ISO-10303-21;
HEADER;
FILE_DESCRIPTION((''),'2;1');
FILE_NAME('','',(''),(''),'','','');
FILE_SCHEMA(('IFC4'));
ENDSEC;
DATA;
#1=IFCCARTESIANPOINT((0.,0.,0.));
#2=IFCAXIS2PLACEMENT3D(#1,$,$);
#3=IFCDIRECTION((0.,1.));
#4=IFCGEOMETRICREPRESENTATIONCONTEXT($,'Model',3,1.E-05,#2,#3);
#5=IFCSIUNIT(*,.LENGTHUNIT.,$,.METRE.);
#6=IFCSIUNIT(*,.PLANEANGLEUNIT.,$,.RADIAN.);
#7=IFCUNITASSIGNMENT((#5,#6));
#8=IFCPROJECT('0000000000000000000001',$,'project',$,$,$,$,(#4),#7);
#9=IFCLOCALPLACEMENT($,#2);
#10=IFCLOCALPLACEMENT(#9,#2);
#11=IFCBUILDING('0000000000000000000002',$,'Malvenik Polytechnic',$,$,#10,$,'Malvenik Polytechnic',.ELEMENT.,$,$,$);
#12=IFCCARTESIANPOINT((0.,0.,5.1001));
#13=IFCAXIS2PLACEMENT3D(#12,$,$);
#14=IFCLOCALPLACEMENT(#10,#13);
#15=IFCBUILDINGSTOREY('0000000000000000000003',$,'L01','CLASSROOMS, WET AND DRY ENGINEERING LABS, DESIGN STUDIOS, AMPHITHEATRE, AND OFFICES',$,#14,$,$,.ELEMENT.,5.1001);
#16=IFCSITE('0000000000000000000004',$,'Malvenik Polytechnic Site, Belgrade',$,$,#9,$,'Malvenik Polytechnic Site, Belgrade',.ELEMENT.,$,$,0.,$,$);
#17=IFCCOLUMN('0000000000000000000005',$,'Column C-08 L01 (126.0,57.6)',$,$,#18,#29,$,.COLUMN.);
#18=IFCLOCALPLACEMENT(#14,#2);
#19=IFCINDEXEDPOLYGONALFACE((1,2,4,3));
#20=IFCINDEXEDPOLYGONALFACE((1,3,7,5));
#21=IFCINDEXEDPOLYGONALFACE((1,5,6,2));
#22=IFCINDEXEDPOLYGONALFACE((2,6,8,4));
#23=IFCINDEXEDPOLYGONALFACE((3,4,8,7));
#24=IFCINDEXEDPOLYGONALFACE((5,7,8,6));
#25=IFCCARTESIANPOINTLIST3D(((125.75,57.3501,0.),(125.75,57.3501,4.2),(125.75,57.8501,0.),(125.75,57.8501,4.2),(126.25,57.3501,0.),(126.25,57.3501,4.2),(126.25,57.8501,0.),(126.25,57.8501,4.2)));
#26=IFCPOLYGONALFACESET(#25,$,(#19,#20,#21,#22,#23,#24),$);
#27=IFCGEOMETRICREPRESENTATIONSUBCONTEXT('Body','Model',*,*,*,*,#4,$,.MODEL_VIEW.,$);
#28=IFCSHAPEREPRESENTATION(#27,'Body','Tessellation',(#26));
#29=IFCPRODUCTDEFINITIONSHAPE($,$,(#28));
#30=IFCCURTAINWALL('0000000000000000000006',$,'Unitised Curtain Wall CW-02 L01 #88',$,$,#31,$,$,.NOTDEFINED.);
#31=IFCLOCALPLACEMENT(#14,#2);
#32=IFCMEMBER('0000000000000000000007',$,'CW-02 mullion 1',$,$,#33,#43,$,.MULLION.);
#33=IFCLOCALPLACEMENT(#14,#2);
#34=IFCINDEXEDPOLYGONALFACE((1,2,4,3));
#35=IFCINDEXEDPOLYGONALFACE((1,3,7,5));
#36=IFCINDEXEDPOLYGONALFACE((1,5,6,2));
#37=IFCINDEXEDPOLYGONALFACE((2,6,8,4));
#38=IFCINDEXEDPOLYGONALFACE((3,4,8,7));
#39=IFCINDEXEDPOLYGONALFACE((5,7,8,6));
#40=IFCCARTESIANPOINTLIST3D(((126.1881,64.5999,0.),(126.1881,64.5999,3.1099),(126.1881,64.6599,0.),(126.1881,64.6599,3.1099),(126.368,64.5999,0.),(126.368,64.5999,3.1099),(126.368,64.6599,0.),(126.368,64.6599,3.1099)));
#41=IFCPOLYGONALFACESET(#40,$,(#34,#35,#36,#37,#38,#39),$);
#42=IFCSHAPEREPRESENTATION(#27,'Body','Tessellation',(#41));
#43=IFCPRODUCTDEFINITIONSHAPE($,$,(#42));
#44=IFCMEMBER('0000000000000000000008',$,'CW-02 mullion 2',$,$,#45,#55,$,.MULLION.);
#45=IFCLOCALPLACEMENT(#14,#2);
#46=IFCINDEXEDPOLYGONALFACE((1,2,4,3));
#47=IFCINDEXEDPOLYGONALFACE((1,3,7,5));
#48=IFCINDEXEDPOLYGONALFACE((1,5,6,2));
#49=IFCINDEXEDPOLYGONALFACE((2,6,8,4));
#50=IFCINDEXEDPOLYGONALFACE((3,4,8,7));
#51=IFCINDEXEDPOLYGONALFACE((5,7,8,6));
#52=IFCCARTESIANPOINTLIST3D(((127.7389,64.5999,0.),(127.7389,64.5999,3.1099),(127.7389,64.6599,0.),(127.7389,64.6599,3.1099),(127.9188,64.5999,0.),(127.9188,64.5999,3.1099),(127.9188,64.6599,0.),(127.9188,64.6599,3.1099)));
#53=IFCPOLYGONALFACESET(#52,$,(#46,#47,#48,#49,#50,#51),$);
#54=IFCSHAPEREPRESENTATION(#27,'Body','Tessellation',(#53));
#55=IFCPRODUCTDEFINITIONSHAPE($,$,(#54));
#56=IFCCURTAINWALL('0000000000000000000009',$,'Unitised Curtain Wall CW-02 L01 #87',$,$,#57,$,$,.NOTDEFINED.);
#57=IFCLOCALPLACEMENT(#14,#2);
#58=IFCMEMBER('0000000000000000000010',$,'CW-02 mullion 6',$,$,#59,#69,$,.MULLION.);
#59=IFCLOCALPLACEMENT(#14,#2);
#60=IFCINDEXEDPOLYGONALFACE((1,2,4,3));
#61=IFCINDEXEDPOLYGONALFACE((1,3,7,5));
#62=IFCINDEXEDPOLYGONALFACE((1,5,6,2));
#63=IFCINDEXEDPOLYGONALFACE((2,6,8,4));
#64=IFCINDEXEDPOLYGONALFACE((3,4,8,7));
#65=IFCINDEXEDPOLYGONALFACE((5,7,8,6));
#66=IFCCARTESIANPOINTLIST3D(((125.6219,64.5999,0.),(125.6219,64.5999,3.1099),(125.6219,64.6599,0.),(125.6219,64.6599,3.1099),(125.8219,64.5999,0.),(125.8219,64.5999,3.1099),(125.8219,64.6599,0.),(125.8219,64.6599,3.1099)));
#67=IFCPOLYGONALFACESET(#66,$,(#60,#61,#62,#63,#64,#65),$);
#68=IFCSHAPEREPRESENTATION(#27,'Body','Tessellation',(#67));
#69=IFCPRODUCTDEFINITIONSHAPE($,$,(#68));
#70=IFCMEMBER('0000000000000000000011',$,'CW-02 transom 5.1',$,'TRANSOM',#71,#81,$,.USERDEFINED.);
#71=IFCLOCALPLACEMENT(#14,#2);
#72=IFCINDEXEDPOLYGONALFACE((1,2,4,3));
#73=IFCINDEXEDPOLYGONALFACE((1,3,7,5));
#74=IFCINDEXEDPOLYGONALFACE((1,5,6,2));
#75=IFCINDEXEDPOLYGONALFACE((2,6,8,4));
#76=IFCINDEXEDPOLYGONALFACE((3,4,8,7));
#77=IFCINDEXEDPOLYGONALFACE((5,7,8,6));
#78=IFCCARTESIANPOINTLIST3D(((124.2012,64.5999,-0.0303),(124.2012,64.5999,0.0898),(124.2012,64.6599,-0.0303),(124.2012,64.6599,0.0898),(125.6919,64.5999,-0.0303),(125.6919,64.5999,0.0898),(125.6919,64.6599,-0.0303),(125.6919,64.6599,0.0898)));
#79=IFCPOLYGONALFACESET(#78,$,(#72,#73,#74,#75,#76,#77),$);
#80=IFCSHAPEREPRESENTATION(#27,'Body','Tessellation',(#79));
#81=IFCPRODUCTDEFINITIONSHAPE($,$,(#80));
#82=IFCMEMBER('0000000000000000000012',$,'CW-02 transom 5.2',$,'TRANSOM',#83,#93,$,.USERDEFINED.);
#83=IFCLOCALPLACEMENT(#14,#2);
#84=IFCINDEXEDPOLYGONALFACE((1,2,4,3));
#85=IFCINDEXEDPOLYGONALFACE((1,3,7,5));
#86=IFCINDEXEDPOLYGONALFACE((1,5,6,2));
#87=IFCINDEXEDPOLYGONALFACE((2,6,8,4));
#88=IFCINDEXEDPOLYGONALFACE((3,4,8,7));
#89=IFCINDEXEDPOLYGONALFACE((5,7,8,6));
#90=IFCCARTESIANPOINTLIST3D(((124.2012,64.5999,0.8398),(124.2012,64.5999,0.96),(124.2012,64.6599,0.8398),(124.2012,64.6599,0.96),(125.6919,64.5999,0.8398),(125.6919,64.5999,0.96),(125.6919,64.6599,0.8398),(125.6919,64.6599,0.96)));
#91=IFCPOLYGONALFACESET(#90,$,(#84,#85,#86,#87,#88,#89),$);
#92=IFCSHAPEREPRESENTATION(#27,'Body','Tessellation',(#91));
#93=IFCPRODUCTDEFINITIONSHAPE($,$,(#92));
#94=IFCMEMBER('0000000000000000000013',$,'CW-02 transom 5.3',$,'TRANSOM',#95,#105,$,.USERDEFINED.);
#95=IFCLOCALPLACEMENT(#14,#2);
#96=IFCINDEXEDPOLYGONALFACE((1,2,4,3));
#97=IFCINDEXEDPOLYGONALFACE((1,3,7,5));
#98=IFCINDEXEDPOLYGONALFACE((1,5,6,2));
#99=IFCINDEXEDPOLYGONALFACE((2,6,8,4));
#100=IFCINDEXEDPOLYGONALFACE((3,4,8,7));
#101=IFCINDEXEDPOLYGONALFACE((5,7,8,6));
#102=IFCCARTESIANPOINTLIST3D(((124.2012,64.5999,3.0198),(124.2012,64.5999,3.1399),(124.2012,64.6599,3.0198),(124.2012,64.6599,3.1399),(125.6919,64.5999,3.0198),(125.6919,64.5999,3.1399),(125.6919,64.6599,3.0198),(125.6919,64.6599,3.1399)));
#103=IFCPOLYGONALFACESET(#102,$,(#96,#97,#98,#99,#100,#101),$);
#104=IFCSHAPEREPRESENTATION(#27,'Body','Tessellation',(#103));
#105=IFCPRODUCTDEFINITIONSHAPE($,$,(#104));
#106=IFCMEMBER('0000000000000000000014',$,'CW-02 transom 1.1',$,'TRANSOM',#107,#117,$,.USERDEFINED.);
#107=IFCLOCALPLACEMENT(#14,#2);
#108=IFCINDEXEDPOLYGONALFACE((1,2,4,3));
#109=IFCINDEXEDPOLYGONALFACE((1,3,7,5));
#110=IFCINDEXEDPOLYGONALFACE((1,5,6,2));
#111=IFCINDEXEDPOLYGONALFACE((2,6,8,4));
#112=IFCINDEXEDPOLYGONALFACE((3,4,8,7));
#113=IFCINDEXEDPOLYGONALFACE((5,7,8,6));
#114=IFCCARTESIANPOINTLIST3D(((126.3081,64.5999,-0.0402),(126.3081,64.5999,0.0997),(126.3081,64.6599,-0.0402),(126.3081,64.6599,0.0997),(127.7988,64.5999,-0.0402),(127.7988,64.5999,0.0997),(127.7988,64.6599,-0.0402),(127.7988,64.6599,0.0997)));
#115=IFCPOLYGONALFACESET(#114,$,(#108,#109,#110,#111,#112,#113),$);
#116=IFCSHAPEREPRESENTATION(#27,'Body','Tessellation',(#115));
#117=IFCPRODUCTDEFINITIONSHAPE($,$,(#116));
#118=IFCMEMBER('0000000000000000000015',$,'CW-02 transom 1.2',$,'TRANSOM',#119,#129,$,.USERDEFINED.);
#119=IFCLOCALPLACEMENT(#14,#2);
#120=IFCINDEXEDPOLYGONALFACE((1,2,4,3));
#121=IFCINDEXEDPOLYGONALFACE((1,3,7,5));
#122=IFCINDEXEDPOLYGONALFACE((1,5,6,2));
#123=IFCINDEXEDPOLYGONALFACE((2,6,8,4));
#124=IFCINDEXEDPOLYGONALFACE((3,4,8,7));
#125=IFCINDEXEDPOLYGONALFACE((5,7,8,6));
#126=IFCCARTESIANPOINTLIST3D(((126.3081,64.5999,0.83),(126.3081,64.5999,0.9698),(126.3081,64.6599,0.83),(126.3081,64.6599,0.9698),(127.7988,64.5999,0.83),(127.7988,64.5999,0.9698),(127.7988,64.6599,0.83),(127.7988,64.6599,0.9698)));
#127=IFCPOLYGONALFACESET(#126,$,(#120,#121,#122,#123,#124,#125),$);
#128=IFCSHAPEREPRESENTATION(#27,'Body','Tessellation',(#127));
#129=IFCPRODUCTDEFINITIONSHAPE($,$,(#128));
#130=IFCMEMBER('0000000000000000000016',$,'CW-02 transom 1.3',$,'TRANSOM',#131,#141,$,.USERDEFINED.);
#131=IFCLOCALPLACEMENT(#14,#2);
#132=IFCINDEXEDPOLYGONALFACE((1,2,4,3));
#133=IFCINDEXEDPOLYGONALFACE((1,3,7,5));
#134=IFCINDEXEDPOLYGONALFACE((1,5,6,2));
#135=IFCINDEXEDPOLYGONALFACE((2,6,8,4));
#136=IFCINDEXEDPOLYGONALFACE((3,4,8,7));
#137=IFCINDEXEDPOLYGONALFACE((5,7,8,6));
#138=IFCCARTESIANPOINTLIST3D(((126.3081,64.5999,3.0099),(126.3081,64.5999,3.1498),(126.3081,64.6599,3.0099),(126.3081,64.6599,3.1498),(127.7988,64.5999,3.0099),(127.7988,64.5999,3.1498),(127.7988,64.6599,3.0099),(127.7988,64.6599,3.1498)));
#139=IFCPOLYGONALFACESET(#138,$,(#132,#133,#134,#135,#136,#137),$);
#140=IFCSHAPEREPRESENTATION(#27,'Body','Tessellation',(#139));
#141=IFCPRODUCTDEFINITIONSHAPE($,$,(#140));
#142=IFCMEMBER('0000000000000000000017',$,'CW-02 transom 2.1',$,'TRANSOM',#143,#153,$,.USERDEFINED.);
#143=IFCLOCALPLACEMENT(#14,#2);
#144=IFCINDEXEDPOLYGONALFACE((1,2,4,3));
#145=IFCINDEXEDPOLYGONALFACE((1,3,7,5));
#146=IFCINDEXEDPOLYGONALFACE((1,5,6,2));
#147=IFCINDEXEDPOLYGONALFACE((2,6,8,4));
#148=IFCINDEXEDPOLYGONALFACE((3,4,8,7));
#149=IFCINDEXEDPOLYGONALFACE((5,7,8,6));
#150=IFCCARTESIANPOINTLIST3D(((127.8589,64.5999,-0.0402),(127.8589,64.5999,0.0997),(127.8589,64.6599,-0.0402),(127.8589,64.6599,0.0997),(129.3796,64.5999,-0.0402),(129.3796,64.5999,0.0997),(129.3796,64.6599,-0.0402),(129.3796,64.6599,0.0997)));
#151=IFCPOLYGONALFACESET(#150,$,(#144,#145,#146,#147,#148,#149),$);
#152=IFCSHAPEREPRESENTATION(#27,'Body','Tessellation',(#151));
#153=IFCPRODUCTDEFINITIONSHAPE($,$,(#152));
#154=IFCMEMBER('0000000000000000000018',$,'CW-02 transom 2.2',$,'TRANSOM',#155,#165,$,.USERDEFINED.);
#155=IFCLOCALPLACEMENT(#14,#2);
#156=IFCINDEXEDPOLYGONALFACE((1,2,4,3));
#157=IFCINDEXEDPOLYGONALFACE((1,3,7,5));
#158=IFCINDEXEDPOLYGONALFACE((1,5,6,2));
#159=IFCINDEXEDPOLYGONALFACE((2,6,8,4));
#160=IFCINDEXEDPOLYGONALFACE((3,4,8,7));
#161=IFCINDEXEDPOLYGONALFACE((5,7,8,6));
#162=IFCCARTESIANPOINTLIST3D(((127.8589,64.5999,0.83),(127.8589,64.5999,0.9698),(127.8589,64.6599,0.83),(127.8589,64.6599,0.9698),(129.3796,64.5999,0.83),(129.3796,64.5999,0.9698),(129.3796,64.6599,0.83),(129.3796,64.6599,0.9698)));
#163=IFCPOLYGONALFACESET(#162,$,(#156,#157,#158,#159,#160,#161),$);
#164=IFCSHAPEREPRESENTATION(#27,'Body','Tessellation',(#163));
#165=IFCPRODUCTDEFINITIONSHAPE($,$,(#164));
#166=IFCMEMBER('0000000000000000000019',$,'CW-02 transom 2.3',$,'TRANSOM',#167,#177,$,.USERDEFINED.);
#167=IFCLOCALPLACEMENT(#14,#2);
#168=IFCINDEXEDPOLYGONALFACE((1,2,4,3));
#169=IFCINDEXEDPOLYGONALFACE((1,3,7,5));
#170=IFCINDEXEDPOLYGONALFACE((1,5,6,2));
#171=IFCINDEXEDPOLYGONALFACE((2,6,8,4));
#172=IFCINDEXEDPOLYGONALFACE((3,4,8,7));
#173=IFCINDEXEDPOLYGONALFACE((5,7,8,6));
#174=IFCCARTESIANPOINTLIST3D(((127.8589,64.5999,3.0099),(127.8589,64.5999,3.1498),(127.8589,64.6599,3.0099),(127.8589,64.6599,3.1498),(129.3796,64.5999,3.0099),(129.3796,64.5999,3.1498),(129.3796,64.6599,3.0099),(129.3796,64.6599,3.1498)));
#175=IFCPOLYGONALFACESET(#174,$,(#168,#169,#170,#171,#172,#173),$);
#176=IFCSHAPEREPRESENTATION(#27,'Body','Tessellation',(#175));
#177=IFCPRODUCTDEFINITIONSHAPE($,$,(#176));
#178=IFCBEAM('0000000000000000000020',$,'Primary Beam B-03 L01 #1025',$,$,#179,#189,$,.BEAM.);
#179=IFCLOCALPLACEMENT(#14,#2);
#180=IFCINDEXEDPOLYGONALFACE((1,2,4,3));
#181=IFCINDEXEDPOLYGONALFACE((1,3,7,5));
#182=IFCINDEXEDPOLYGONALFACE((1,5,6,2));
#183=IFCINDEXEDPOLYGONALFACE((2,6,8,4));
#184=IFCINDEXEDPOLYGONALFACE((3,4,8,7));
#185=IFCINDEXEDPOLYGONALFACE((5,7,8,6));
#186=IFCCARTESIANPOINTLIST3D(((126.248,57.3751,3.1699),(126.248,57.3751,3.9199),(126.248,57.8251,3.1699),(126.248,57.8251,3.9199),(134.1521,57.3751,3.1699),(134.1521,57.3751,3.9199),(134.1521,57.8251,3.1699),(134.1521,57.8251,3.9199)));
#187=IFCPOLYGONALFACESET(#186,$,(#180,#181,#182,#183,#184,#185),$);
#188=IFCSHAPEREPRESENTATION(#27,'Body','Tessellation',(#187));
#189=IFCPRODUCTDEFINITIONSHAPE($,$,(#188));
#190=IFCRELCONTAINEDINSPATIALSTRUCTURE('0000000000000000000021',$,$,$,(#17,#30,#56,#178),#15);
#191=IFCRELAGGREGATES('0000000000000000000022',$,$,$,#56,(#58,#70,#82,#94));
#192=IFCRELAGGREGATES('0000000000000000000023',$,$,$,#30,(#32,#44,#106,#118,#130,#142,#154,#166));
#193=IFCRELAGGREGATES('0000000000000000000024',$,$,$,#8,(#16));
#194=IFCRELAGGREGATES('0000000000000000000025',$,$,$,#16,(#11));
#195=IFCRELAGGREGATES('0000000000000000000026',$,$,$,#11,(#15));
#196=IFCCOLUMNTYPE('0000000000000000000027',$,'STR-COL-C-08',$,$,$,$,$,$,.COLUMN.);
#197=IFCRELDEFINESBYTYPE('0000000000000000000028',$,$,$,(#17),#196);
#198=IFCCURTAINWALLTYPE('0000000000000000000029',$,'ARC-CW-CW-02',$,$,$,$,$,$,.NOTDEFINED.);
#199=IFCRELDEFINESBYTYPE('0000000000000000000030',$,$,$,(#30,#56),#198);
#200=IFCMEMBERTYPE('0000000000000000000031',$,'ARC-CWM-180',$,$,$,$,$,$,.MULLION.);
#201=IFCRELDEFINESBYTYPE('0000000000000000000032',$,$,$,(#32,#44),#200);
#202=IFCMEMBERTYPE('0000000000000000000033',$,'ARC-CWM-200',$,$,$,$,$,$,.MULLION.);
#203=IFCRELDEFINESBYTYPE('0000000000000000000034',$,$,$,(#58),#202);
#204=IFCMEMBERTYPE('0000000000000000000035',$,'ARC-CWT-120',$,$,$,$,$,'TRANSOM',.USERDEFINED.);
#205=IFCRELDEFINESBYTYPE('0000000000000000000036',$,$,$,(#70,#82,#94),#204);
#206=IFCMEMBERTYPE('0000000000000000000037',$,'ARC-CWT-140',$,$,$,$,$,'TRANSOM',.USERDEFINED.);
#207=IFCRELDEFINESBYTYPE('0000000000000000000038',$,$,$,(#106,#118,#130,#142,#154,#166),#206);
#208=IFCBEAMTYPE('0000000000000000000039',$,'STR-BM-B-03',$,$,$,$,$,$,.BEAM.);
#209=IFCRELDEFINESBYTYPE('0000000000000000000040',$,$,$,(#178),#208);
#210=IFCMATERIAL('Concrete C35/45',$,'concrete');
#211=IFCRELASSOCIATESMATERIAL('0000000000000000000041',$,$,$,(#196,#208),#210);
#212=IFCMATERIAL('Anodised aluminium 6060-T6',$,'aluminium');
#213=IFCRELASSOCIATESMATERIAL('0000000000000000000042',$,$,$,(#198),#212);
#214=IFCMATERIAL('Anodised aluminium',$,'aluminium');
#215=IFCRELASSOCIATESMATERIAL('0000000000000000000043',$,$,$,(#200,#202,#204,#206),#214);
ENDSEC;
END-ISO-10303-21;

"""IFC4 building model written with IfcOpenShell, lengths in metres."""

from ifc_helpers import new_model, si_unit, direction, frame, origin, origin_2d, place, context, subcontext, project, spatial, rectangle, extrude, material, material_profile, profile_set, type_object, element, aggregate, save


model = new_model("IFC4")

# Units and contexts
model_context = context("Model", 3, precision=1e-05, world=origin(), true_north=direction((0.0, 1.0)))
body_context = subcontext(model_context, "Body", "Model", "MODEL_VIEW")
ifc_project = project(units=[si_unit("LENGTHUNIT", "METRE"), si_unit("PLANEANGLEUNIT", "RADIAN")], contexts=[model_context])

# Site, building, storey
site_placement = place(None, origin())
site = spatial("IfcSite", under=ifc_project, at=site_placement, Name="Malvenik Polytechnic Site, Belgrade", LongName="Malvenik Polytechnic Site, Belgrade", CompositionType="ELEMENT", RefElevation=0.0)
building_placement = place(site_placement, origin())
building = spatial("IfcBuilding", under=site, at=building_placement, Name="Malvenik Polytechnic", LongName="Malvenik Polytechnic", CompositionType="ELEMENT")
storey_placement = place(building_placement, frame((0.0, 0.0, 5.1001)))
storey = spatial("IfcBuildingStorey", under=building, at=storey_placement, Name="L01", Description="CLASSROOMS, WET AND DRY ENGINEERING LABS, DESIGN STUDIOS, AMPHITHEATRE, AND OFFICES", CompositionType="ELEMENT", Elevation=5.1001)

# Column
ifc_material_1 = material(Name="Concrete C35/45", Category="concrete")
ifc_material_profile_1 = material_profile(ifc_material_1, rectangle(XDim=0.5, YDim=0.5, at=origin_2d()), Name="RC COL 500x500")
ifc_profile_set_1 = profile_set([ifc_material_profile_1], Name="Concrete C35/45")
column_type = type_object("IfcColumnType", Name="STR-COL-C-08", PredefinedType="COLUMN", material=ifc_profile_set_1)
column_placement = place(storey_placement, frame((126.0, 57.6001, 0.0), z_axis=(0.0, 0.0, 1.0), x_axis=(1.0, 0.0, 0.0)))
element("IfcColumn", 1, at=column_placement, inside=storey, type_object=column_type, Name="Column C-08 L01 (126.0,57.6)", PredefinedType="COLUMN", context=body_context, shape_type="SweptSolid", body=[
    extrude(rectangle(XDim=0.5, YDim=0.5, at=origin_2d()), origin(), (0.0, 0.0, 1.0), 4.2),
])

# Curtain walls, members
ifc_material_2 = material(Name="Anodised aluminium 6060-T6", Category="aluminium")
curtain_wall_type = type_object("IfcCurtainWallType", Name="ARC-CW-CW-02", PredefinedType="NOTDEFINED", material=ifc_material_2)
curtain_wall_1_placement = place(storey_placement, origin())
curtain_wall_1 = element("IfcCurtainWall", 2, at=curtain_wall_1_placement, inside=storey, type_object=curtain_wall_type, Name="Unitised Curtain Wall CW-02 L01 #88", PredefinedType="NOTDEFINED")
ifc_material_3 = material(Name="Anodised aluminium", Category="aluminium")
ifc_material_profile_2 = material_profile(ifc_material_3, rectangle(XDim=0.0601, YDim=0.1799, at=origin_2d()), Name="ALU MULLION 60x180")
ifc_profile_set_2 = profile_set([ifc_material_profile_2], Name="Anodised aluminium")
member_type_1 = type_object("IfcMemberType", Name="ARC-CWM-180", PredefinedType="MULLION", material=ifc_profile_set_2)
member_1_placement = place(storey_placement, frame((126.2781, 64.6299, 0.0), z_axis=(0.0, 0.0, 1.0), x_axis=(0.0, 1.0, 0.0)))
member_1 = element("IfcMember", 3, at=member_1_placement, type_object=member_type_1, Name="CW-02 mullion 1", PredefinedType="MULLION", context=body_context, shape_type="SweptSolid", body=[
    extrude(rectangle(XDim=0.0601, YDim=0.1799, at=origin_2d()), origin(), (0.0, 0.0, 1.0), 3.1099),
])
member_2_placement = place(storey_placement, frame((127.8289, 64.6299, 0.0), z_axis=(0.0, 0.0, 1.0), x_axis=(0.0, 1.0, 0.0)))
member_2 = element("IfcMember", 4, at=member_2_placement, type_object=member_type_1, Name="CW-02 mullion 2", PredefinedType="MULLION", context=body_context, shape_type="SweptSolid", body=[
    extrude(rectangle(XDim=0.0601, YDim=0.1799, at=origin_2d()), origin(), (0.0, 0.0, 1.0), 3.1099),
])
curtain_wall_2_placement = place(storey_placement, origin())
curtain_wall_2 = element("IfcCurtainWall", 5, at=curtain_wall_2_placement, inside=storey, type_object=curtain_wall_type, Name="Unitised Curtain Wall CW-02 L01 #87", PredefinedType="NOTDEFINED")
ifc_material_profile_3 = material_profile(ifc_material_3, rectangle(XDim=0.0601, YDim=0.2, at=origin_2d()), Name="ALU MULLION 60x200")
ifc_profile_set_3 = profile_set([ifc_material_profile_3], Name="Anodised aluminium")
member_type_2 = type_object("IfcMemberType", Name="ARC-CWM-200", PredefinedType="MULLION", material=ifc_profile_set_3)
member_3_placement = place(storey_placement, frame((125.7219, 64.6299, 0.0), z_axis=(0.0, 0.0, 1.0), x_axis=(0.0, 1.0, 0.0)))
member_3 = element("IfcMember", 6, at=member_3_placement, type_object=member_type_2, Name="CW-02 mullion 6", PredefinedType="MULLION", context=body_context, shape_type="SweptSolid", body=[
    extrude(rectangle(XDim=0.0601, YDim=0.2, at=origin_2d()), origin(), (0.0, 0.0, 1.0), 3.1099),
])
ifc_material_profile_4 = material_profile(ifc_material_3, rectangle(XDim=0.0601, YDim=0.1201, at=origin_2d()), Name="ALU TRANSOM 60x120")
ifc_profile_set_4 = profile_set([ifc_material_profile_4], Name="Anodised aluminium")
member_type_3 = type_object("IfcMemberType", Name="ARC-CWT-120", ElementType="TRANSOM", PredefinedType="USERDEFINED", material=ifc_profile_set_4)
member_4_placement = place(storey_placement, frame((124.2012, 64.6299, 0.0298), z_axis=(1.0, 0.0, 0.0), x_axis=(0.0, 1.0, 0.0)))
member_4 = element("IfcMember", 7, at=member_4_placement, type_object=member_type_3, Name="CW-02 transom 5.1", ObjectType="TRANSOM", PredefinedType="USERDEFINED", context=body_context, shape_type="SweptSolid", body=[
    extrude(rectangle(XDim=0.0601, YDim=0.1201, at=origin_2d()), origin(), (0.0, 0.0, 1.0), 1.4907),
])
member_5_placement = place(storey_placement, frame((124.2012, 64.6299, 0.8999), z_axis=(1.0, 0.0, 0.0), x_axis=(0.0, 1.0, 0.0)))
member_5 = element("IfcMember", 8, at=member_5_placement, type_object=member_type_3, Name="CW-02 transom 5.2", ObjectType="TRANSOM", PredefinedType="USERDEFINED", context=body_context, shape_type="SweptSolid", body=[
    extrude(rectangle(XDim=0.0601, YDim=0.1201, at=origin_2d()), origin(), (0.0, 0.0, 1.0), 1.4907),
])
member_6_placement = place(storey_placement, frame((124.2012, 64.6299, 3.0798), z_axis=(1.0, 0.0, 0.0), x_axis=(0.0, 1.0, 0.0)))
member_6 = element("IfcMember", 9, at=member_6_placement, type_object=member_type_3, Name="CW-02 transom 5.3", ObjectType="TRANSOM", PredefinedType="USERDEFINED", context=body_context, shape_type="SweptSolid", body=[
    extrude(rectangle(XDim=0.0601, YDim=0.1201, at=origin_2d()), origin(), (0.0, 0.0, 1.0), 1.4907),
])

# Members
ifc_material_profile_5 = material_profile(ifc_material_3, rectangle(XDim=0.0601, YDim=0.1399, at=origin_2d()), Name="ALU TRANSOM 60x140")
ifc_profile_set_5 = profile_set([ifc_material_profile_5], Name="Anodised aluminium")
member_type_4 = type_object("IfcMemberType", Name="ARC-CWT-140", ElementType="TRANSOM", PredefinedType="USERDEFINED", material=ifc_profile_set_5)
member_7_placement = place(storey_placement, frame((126.3081, 64.6299, 0.0298), z_axis=(1.0, 0.0, 0.0), x_axis=(0.0, 1.0, 0.0)))
member_7 = element("IfcMember", 10, at=member_7_placement, type_object=member_type_4, Name="CW-02 transom 1.1", ObjectType="TRANSOM", PredefinedType="USERDEFINED", context=body_context, shape_type="SweptSolid", body=[
    extrude(rectangle(XDim=0.0601, YDim=0.1399, at=origin_2d()), origin(), (0.0, 0.0, 1.0), 1.4907),
])
member_8_placement = place(storey_placement, frame((126.3081, 64.6299, 0.8999), z_axis=(1.0, 0.0, 0.0), x_axis=(0.0, 1.0, 0.0)))
member_8 = element("IfcMember", 11, at=member_8_placement, type_object=member_type_4, Name="CW-02 transom 1.2", ObjectType="TRANSOM", PredefinedType="USERDEFINED", context=body_context, shape_type="SweptSolid", body=[
    extrude(rectangle(XDim=0.0601, YDim=0.1399, at=origin_2d()), origin(), (0.0, 0.0, 1.0), 1.4907),
])
member_9_placement = place(storey_placement, frame((126.3081, 64.6299, 3.0798), z_axis=(1.0, 0.0, 0.0), x_axis=(0.0, 1.0, 0.0)))
member_9 = element("IfcMember", 12, at=member_9_placement, type_object=member_type_4, Name="CW-02 transom 1.3", ObjectType="TRANSOM", PredefinedType="USERDEFINED", context=body_context, shape_type="SweptSolid", body=[
    extrude(rectangle(XDim=0.0601, YDim=0.1399, at=origin_2d()), origin(), (0.0, 0.0, 1.0), 1.4907),
])
member_10_placement = place(storey_placement, frame((127.8589, 64.6299, 0.0298), z_axis=(1.0, 0.0, 0.0), x_axis=(0.0, 1.0, 0.0)))
member_10 = element("IfcMember", 13, at=member_10_placement, type_object=member_type_4, Name="CW-02 transom 2.1", ObjectType="TRANSOM", PredefinedType="USERDEFINED", context=body_context, shape_type="SweptSolid", body=[
    extrude(rectangle(XDim=0.0601, YDim=0.1399, at=origin_2d()), origin(), (0.0, 0.0, 1.0), 1.5208),
])
member_11_placement = place(storey_placement, frame((127.8589, 64.6299, 0.8999), z_axis=(1.0, 0.0, 0.0), x_axis=(0.0, 1.0, 0.0)))
member_11 = element("IfcMember", 14, at=member_11_placement, type_object=member_type_4, Name="CW-02 transom 2.2", ObjectType="TRANSOM", PredefinedType="USERDEFINED", context=body_context, shape_type="SweptSolid", body=[
    extrude(rectangle(XDim=0.0601, YDim=0.1399, at=origin_2d()), origin(), (0.0, 0.0, 1.0), 1.5208),
])
member_12_placement = place(storey_placement, frame((127.8589, 64.6299, 3.0798), z_axis=(1.0, 0.0, 0.0), x_axis=(0.0, 1.0, 0.0)))
member_12 = element("IfcMember", 15, at=member_12_placement, type_object=member_type_4, Name="CW-02 transom 2.3", ObjectType="TRANSOM", PredefinedType="USERDEFINED", context=body_context, shape_type="SweptSolid", body=[
    extrude(rectangle(XDim=0.0601, YDim=0.1399, at=origin_2d()), origin(), (0.0, 0.0, 1.0), 1.5208),
])

# Beam
ifc_material_profile_6 = material_profile(ifc_material_1, rectangle(XDim=0.45, YDim=0.75, at=origin_2d()), Name="RC BM 450x750")
ifc_profile_set_6 = profile_set([ifc_material_profile_6], Name="Concrete C35/45")
beam_type_1 = type_object("IfcBeamType", Name="STR-BM-B-03", PredefinedType="BEAM", material=ifc_profile_set_6)
beam_1_placement = place(storey_placement, frame((126.248, 57.6001, 3.5449), z_axis=(1.0, 0.0, 0.0), x_axis=(0.0, 1.0, 0.0)))
element("IfcBeam", 16, at=beam_1_placement, inside=storey, type_object=beam_type_1, Name="Primary Beam B-03 L01 #1025", PredefinedType="BEAM", context=body_context, shape_type="SweptSolid", body=[
    extrude(rectangle(XDim=0.45, YDim=0.75, at=origin_2d()), origin(), (0.0, 0.0, 1.0), 7.9041),
])

aggregate(curtain_wall_2, [member_3, member_4, member_5, member_6])
aggregate(curtain_wall_1, [member_1, member_2, member_7, member_8, member_9, member_10, member_11, member_12])

save(model, "model.ifc")
